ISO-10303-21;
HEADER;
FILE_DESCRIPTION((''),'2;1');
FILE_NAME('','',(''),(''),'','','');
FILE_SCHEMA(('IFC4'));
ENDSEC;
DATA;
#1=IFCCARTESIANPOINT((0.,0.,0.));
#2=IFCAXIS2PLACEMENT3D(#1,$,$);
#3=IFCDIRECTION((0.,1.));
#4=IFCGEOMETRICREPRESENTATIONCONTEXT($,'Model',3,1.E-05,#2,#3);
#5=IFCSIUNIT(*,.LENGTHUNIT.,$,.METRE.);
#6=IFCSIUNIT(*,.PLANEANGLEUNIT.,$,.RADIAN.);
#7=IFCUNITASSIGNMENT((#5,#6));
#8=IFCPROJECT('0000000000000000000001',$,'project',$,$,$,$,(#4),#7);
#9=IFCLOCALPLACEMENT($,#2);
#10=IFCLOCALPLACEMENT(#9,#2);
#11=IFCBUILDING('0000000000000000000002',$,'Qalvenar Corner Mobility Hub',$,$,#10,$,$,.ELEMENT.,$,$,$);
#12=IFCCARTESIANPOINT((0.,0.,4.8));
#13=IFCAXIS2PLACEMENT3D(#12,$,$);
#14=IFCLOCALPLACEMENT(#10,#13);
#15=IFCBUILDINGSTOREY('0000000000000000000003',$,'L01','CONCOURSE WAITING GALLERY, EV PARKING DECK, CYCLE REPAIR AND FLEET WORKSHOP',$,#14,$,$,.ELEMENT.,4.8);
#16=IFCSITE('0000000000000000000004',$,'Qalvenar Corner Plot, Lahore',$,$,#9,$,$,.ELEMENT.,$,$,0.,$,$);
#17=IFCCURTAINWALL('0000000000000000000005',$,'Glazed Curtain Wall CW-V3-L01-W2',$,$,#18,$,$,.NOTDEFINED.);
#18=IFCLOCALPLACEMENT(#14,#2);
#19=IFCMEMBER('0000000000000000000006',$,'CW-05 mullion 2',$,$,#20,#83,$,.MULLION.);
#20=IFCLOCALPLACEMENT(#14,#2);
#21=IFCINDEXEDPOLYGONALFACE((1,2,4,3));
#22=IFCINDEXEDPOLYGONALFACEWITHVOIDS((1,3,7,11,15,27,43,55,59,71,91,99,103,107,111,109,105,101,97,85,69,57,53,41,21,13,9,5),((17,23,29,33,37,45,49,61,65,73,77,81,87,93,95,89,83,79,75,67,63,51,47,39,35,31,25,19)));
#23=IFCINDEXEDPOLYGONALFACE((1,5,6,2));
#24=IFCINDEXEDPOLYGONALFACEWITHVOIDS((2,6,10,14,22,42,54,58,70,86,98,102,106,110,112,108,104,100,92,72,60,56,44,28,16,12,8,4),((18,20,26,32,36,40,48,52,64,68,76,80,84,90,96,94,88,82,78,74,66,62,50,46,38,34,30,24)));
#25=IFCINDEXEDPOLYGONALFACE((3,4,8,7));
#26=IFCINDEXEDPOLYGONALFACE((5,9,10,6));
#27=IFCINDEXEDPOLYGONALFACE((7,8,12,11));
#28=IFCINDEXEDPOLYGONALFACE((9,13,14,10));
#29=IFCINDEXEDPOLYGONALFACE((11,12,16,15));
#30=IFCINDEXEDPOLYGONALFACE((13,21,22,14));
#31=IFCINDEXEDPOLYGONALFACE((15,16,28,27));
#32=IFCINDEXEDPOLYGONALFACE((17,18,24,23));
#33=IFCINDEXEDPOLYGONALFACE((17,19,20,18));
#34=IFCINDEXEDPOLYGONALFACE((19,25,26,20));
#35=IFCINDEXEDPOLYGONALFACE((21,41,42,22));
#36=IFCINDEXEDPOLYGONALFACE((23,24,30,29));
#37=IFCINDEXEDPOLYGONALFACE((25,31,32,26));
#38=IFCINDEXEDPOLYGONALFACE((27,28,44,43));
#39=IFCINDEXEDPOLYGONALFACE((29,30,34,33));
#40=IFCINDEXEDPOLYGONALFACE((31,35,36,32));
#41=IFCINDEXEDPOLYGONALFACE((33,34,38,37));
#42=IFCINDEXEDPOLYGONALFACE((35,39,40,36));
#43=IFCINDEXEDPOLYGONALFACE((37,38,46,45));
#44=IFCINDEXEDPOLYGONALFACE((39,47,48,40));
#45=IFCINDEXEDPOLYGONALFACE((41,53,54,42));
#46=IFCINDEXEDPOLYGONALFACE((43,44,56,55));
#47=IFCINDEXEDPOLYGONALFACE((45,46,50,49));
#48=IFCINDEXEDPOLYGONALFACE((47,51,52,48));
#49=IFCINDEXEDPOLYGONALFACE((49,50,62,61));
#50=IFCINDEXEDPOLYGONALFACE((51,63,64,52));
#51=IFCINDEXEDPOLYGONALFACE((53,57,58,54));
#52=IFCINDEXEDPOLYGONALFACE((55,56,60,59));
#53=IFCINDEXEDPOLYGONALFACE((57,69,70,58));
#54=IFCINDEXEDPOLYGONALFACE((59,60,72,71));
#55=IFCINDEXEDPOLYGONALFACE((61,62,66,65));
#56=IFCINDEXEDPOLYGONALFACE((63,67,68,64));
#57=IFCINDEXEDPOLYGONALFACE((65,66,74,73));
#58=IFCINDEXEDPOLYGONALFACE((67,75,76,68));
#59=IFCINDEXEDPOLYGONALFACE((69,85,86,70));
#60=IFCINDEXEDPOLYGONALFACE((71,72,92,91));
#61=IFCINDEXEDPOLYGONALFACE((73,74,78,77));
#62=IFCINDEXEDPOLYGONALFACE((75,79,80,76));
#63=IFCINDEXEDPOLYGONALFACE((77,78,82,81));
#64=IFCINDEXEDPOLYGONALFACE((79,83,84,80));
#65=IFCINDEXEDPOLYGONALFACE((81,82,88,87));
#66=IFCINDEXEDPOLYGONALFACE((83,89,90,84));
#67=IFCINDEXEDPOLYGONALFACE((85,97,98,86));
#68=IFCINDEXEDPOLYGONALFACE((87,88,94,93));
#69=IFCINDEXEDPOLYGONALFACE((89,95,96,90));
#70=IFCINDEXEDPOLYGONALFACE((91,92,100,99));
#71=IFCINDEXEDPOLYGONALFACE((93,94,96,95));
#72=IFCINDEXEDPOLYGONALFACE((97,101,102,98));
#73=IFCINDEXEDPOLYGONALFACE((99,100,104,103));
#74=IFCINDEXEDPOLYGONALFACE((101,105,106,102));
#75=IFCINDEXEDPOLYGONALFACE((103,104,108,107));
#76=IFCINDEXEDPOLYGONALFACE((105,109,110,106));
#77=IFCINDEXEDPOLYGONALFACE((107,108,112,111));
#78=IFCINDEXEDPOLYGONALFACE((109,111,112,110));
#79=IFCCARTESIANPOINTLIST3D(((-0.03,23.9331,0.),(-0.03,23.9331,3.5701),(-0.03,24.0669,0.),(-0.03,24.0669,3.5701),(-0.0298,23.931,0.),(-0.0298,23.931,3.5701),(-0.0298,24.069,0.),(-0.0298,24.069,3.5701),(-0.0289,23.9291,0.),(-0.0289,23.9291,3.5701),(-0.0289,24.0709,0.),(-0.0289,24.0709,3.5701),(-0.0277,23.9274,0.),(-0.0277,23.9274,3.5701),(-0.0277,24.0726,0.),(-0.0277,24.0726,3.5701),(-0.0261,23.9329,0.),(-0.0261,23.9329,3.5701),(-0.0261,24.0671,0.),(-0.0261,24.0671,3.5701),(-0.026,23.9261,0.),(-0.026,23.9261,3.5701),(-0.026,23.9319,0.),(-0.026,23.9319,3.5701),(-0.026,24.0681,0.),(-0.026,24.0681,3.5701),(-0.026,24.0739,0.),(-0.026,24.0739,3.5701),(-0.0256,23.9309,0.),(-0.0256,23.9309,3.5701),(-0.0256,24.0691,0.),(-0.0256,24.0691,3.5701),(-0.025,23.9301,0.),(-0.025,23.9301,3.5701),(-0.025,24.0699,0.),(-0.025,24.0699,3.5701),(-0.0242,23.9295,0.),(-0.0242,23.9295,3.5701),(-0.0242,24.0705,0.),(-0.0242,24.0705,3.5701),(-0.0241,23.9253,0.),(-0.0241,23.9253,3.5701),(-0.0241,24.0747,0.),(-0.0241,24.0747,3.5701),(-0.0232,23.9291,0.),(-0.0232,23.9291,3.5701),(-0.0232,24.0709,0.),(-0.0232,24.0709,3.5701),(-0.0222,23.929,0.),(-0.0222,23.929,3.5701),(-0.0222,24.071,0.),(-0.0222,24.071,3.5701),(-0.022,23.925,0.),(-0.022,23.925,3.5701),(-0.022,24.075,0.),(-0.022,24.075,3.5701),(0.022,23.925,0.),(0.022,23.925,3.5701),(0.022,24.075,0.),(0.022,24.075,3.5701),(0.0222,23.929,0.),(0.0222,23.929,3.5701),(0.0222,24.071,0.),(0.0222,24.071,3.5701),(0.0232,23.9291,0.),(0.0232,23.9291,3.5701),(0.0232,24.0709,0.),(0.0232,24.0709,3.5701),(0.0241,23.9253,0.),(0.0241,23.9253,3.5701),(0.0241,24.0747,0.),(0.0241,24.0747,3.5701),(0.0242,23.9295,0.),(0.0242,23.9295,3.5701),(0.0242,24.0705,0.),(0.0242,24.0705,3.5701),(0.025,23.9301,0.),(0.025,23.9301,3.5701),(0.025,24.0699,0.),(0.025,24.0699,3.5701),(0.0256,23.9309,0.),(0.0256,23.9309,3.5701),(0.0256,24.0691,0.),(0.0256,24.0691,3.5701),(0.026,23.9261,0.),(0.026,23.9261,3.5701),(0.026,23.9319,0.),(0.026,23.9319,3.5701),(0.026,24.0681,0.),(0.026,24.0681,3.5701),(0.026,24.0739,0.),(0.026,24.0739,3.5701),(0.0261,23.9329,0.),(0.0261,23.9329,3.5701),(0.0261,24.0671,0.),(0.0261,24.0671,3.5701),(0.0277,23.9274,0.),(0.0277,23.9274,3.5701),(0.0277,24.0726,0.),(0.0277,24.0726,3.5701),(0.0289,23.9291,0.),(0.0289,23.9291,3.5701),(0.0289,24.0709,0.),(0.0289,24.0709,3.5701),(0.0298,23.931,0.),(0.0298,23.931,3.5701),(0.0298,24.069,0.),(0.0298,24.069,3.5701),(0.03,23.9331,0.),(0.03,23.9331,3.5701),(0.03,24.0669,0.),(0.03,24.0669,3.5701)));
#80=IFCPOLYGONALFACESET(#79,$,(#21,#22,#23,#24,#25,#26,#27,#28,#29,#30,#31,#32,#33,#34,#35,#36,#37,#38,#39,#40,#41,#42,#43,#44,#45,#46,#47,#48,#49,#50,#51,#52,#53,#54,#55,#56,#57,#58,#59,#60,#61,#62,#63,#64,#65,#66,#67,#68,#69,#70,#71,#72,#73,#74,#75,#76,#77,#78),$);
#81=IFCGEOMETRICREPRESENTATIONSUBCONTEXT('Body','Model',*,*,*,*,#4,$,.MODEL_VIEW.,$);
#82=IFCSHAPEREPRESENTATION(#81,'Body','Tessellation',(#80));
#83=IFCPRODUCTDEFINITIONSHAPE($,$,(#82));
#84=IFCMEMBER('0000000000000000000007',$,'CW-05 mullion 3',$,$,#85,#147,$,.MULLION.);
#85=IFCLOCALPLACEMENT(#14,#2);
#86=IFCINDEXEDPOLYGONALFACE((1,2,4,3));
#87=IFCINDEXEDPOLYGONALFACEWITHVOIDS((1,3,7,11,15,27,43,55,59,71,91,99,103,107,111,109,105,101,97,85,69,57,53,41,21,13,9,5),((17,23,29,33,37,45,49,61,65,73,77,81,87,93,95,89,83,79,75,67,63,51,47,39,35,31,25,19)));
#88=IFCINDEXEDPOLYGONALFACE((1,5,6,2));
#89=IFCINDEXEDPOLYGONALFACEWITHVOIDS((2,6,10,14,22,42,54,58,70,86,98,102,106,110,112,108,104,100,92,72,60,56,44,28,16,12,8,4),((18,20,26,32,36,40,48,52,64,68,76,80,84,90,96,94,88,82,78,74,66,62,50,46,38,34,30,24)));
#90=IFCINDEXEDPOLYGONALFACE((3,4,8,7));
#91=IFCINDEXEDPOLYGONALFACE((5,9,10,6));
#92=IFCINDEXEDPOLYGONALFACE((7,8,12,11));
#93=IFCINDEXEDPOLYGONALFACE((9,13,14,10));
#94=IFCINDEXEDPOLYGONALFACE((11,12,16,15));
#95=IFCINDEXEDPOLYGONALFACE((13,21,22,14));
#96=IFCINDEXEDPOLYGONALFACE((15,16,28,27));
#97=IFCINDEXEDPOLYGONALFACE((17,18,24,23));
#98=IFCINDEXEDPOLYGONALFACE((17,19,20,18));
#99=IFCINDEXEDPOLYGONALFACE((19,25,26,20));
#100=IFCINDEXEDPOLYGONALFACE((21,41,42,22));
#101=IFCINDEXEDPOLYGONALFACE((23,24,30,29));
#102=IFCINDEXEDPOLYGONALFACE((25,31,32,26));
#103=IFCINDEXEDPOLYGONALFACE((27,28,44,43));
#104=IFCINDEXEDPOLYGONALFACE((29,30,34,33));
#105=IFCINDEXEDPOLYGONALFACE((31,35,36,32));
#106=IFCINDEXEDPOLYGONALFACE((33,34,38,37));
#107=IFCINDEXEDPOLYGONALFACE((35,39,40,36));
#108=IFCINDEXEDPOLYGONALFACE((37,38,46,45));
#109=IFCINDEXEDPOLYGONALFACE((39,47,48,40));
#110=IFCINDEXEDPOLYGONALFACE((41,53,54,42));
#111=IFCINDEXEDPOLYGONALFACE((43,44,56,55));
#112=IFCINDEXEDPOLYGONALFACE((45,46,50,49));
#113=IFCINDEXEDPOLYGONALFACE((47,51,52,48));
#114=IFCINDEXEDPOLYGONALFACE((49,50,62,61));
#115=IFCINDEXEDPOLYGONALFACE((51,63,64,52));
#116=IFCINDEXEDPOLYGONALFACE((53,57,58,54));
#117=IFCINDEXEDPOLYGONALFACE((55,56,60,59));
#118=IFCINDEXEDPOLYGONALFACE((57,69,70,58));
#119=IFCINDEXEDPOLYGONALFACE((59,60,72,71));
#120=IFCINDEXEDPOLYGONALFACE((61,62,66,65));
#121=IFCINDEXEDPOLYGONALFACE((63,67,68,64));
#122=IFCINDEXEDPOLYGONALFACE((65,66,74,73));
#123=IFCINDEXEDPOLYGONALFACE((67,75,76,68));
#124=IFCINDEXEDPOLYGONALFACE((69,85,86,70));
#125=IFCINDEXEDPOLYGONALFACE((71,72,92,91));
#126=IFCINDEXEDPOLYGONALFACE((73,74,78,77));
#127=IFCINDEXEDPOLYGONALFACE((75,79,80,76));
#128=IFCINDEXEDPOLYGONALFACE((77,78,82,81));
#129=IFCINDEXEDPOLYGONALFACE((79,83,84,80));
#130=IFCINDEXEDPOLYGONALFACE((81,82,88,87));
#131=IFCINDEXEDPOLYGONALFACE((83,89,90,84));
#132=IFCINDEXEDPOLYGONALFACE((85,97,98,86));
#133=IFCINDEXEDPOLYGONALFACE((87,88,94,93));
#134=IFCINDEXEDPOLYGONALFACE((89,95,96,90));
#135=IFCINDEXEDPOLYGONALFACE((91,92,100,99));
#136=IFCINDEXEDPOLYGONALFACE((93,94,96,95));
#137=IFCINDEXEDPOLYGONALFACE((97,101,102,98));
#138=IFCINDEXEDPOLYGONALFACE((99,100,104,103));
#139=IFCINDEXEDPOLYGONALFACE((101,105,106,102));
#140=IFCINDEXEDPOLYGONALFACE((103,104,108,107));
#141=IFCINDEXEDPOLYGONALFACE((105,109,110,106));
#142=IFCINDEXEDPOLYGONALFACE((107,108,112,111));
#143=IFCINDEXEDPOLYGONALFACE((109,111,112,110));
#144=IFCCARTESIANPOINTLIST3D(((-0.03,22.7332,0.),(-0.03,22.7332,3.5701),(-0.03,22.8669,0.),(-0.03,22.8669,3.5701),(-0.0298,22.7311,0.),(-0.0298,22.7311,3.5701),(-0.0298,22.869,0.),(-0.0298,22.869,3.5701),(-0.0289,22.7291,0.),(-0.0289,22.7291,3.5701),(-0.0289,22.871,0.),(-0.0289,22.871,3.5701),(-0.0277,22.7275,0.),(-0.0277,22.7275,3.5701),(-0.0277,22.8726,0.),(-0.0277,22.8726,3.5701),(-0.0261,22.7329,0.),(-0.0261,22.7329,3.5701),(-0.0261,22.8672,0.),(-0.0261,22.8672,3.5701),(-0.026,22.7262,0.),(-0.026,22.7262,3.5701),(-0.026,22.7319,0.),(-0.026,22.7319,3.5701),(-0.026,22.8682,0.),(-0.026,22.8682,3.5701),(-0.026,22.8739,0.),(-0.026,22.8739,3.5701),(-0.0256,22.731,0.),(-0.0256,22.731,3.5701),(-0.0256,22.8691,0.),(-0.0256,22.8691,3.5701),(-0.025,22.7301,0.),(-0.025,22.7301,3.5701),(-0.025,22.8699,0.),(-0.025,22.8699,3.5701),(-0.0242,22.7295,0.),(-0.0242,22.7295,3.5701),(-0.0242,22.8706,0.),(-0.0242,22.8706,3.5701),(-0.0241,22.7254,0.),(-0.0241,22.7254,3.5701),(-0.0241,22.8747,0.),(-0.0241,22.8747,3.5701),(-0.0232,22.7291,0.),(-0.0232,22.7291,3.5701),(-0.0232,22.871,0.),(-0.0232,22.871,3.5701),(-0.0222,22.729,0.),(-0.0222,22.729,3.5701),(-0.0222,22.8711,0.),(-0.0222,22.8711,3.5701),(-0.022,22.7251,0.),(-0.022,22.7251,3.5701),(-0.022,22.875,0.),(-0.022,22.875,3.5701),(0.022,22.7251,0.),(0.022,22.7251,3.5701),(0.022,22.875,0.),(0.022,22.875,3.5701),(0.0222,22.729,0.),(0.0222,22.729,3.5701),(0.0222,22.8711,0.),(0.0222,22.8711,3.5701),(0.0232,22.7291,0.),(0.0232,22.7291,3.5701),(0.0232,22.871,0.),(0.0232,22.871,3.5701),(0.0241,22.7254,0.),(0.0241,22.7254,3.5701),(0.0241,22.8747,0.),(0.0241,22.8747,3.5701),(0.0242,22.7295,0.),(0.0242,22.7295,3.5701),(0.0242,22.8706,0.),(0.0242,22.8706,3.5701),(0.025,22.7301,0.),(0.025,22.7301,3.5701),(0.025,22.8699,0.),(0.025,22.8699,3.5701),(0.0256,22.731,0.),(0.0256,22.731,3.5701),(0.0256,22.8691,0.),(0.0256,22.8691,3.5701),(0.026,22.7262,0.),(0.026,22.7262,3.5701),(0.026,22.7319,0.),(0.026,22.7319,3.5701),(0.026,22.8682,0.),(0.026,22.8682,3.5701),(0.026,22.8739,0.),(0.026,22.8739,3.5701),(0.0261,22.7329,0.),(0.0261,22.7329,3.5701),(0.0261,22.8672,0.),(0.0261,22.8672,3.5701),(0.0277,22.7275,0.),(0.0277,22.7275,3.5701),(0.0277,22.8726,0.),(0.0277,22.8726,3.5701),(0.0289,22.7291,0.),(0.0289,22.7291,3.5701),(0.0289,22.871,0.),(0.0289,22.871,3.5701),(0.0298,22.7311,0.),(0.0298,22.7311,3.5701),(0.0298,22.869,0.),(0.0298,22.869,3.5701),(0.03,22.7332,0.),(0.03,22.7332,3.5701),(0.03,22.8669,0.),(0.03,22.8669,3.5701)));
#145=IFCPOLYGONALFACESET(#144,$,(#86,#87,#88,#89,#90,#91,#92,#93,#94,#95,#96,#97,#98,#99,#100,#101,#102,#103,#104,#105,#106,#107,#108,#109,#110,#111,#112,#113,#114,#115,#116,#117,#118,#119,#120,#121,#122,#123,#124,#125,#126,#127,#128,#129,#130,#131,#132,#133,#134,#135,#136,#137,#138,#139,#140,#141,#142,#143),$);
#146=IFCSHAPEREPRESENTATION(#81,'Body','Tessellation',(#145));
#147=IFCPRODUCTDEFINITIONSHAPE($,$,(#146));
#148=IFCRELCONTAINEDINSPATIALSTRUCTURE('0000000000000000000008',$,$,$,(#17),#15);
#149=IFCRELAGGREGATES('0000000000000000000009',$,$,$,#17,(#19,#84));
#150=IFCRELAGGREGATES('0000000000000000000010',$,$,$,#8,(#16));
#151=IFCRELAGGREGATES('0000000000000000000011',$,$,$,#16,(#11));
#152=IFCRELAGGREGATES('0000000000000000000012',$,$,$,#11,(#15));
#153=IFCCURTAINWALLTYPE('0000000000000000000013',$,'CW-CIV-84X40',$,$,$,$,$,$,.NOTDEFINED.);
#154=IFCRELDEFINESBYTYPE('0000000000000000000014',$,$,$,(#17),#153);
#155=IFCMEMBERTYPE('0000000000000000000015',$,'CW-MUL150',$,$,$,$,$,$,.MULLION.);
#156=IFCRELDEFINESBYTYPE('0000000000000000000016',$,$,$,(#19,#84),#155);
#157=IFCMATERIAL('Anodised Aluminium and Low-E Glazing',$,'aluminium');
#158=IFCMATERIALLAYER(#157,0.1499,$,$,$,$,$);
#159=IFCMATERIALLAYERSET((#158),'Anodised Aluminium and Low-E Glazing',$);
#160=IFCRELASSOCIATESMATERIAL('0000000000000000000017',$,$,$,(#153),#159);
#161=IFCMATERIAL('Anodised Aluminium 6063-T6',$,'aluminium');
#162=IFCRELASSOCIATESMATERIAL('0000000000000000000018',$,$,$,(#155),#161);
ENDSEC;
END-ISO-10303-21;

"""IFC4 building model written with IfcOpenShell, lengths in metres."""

from ifc_helpers import new_model, si_unit, direction, frame, origin, origin_2d, place, context, subcontext, project, spatial, hollow_rectangle, extrude, material, layer, layer_set, material_profile, profile_set, type_object, element, aggregate, save


model = new_model("IFC4")

# Units and contexts
model_context = context("Model", 3, precision=1e-05, world=origin(), true_north=direction((0.0, 1.0)))
body_context = subcontext(model_context, "Body", "Model", "MODEL_VIEW")
ifc_project = project(units=[si_unit("LENGTHUNIT", "METRE"), si_unit("PLANEANGLEUNIT", "RADIAN")], contexts=[model_context])

# Site, building, storey
site_placement = place(None, origin())
site = spatial("IfcSite", under=ifc_project, at=site_placement, Name="Qalvenar Corner Plot, Lahore", CompositionType="ELEMENT", RefElevation=0.0)
building_placement = place(site_placement, origin())
building = spatial("IfcBuilding", under=site, at=building_placement, Name="Qalvenar Corner Mobility Hub", CompositionType="ELEMENT")
storey_placement = place(building_placement, frame((0.0, 0.0, 4.8)))
storey = spatial("IfcBuildingStorey", under=building, at=storey_placement, Name="L01", Description="CONCOURSE WAITING GALLERY, EV PARKING DECK, CYCLE REPAIR AND FLEET WORKSHOP", CompositionType="ELEMENT", Elevation=4.8)

# Curtain wall, members
ifc_material_1 = material(Name="Anodised Aluminium and Low-E Glazing", Category="aluminium")
ifc_layer_1 = layer(ifc_material_1, 0.1499)
ifc_layer_set_1 = layer_set([ifc_layer_1], Name="Anodised Aluminium and Low-E Glazing")
curtain_wall_type = type_object("IfcCurtainWallType", Name="CW-CIV-84X40", PredefinedType="NOTDEFINED", material=ifc_layer_set_1)
curtain_wall_placement = place(storey_placement, origin())
curtain_wall = element("IfcCurtainWall", 1, at=curtain_wall_placement, inside=storey, type_object=curtain_wall_type, Name="Glazed Curtain Wall CW-V3-L01-W2", PredefinedType="NOTDEFINED")
ifc_material_2 = material(Name="Anodised Aluminium 6063-T6", Category="aluminium")
ifc_material_profile_1 = material_profile(ifc_material_2, hollow_rectangle(XDim=0.0601, YDim=0.1499, WallThickness=0.0039, InnerFilletRadius=0.0039, OuterFilletRadius=0.0081, at=origin_2d()), Name="RHS150x60x4")
ifc_profile_set_1 = profile_set([ifc_material_profile_1], Name="Anodised Aluminium 6063-T6")
member_type_1 = type_object("IfcMemberType", Name="CW-MUL150", PredefinedType="MULLION", material=ifc_profile_set_1)
member_1_placement = place(storey_placement, frame((0.0, 24.0, 0.0), z_axis=(0.0, 0.0, 1.0), x_axis=(1.0, 0.0, 0.0)))
member_1 = element("IfcMember", 2, at=member_1_placement, type_object=member_type_1, Name="CW-05 mullion 2", PredefinedType="MULLION", context=body_context, shape_type="SweptSolid", body=[
    extrude(hollow_rectangle(XDim=0.0601, YDim=0.1499, WallThickness=0.0039, InnerFilletRadius=0.0039, OuterFilletRadius=0.0081, at=origin_2d()), origin(), (0.0, 0.0, 1.0), 3.5701),
])
member_2_placement = place(storey_placement, frame((0.0, 22.8, 0.0), z_axis=(0.0, 0.0, 1.0), x_axis=(1.0, 0.0, 0.0)))
member_2 = element("IfcMember", 3, at=member_2_placement, type_object=member_type_1, Name="CW-05 mullion 3", PredefinedType="MULLION", context=body_context, shape_type="SweptSolid", body=[
    extrude(hollow_rectangle(XDim=0.0601, YDim=0.1499, WallThickness=0.0039, InnerFilletRadius=0.0039, OuterFilletRadius=0.0081, at=origin_2d()), origin(), (0.0, 0.0, 1.0), 3.5701),
])
aggregate(curtain_wall, [member_1, member_2])

save(model, "model.ifc")
